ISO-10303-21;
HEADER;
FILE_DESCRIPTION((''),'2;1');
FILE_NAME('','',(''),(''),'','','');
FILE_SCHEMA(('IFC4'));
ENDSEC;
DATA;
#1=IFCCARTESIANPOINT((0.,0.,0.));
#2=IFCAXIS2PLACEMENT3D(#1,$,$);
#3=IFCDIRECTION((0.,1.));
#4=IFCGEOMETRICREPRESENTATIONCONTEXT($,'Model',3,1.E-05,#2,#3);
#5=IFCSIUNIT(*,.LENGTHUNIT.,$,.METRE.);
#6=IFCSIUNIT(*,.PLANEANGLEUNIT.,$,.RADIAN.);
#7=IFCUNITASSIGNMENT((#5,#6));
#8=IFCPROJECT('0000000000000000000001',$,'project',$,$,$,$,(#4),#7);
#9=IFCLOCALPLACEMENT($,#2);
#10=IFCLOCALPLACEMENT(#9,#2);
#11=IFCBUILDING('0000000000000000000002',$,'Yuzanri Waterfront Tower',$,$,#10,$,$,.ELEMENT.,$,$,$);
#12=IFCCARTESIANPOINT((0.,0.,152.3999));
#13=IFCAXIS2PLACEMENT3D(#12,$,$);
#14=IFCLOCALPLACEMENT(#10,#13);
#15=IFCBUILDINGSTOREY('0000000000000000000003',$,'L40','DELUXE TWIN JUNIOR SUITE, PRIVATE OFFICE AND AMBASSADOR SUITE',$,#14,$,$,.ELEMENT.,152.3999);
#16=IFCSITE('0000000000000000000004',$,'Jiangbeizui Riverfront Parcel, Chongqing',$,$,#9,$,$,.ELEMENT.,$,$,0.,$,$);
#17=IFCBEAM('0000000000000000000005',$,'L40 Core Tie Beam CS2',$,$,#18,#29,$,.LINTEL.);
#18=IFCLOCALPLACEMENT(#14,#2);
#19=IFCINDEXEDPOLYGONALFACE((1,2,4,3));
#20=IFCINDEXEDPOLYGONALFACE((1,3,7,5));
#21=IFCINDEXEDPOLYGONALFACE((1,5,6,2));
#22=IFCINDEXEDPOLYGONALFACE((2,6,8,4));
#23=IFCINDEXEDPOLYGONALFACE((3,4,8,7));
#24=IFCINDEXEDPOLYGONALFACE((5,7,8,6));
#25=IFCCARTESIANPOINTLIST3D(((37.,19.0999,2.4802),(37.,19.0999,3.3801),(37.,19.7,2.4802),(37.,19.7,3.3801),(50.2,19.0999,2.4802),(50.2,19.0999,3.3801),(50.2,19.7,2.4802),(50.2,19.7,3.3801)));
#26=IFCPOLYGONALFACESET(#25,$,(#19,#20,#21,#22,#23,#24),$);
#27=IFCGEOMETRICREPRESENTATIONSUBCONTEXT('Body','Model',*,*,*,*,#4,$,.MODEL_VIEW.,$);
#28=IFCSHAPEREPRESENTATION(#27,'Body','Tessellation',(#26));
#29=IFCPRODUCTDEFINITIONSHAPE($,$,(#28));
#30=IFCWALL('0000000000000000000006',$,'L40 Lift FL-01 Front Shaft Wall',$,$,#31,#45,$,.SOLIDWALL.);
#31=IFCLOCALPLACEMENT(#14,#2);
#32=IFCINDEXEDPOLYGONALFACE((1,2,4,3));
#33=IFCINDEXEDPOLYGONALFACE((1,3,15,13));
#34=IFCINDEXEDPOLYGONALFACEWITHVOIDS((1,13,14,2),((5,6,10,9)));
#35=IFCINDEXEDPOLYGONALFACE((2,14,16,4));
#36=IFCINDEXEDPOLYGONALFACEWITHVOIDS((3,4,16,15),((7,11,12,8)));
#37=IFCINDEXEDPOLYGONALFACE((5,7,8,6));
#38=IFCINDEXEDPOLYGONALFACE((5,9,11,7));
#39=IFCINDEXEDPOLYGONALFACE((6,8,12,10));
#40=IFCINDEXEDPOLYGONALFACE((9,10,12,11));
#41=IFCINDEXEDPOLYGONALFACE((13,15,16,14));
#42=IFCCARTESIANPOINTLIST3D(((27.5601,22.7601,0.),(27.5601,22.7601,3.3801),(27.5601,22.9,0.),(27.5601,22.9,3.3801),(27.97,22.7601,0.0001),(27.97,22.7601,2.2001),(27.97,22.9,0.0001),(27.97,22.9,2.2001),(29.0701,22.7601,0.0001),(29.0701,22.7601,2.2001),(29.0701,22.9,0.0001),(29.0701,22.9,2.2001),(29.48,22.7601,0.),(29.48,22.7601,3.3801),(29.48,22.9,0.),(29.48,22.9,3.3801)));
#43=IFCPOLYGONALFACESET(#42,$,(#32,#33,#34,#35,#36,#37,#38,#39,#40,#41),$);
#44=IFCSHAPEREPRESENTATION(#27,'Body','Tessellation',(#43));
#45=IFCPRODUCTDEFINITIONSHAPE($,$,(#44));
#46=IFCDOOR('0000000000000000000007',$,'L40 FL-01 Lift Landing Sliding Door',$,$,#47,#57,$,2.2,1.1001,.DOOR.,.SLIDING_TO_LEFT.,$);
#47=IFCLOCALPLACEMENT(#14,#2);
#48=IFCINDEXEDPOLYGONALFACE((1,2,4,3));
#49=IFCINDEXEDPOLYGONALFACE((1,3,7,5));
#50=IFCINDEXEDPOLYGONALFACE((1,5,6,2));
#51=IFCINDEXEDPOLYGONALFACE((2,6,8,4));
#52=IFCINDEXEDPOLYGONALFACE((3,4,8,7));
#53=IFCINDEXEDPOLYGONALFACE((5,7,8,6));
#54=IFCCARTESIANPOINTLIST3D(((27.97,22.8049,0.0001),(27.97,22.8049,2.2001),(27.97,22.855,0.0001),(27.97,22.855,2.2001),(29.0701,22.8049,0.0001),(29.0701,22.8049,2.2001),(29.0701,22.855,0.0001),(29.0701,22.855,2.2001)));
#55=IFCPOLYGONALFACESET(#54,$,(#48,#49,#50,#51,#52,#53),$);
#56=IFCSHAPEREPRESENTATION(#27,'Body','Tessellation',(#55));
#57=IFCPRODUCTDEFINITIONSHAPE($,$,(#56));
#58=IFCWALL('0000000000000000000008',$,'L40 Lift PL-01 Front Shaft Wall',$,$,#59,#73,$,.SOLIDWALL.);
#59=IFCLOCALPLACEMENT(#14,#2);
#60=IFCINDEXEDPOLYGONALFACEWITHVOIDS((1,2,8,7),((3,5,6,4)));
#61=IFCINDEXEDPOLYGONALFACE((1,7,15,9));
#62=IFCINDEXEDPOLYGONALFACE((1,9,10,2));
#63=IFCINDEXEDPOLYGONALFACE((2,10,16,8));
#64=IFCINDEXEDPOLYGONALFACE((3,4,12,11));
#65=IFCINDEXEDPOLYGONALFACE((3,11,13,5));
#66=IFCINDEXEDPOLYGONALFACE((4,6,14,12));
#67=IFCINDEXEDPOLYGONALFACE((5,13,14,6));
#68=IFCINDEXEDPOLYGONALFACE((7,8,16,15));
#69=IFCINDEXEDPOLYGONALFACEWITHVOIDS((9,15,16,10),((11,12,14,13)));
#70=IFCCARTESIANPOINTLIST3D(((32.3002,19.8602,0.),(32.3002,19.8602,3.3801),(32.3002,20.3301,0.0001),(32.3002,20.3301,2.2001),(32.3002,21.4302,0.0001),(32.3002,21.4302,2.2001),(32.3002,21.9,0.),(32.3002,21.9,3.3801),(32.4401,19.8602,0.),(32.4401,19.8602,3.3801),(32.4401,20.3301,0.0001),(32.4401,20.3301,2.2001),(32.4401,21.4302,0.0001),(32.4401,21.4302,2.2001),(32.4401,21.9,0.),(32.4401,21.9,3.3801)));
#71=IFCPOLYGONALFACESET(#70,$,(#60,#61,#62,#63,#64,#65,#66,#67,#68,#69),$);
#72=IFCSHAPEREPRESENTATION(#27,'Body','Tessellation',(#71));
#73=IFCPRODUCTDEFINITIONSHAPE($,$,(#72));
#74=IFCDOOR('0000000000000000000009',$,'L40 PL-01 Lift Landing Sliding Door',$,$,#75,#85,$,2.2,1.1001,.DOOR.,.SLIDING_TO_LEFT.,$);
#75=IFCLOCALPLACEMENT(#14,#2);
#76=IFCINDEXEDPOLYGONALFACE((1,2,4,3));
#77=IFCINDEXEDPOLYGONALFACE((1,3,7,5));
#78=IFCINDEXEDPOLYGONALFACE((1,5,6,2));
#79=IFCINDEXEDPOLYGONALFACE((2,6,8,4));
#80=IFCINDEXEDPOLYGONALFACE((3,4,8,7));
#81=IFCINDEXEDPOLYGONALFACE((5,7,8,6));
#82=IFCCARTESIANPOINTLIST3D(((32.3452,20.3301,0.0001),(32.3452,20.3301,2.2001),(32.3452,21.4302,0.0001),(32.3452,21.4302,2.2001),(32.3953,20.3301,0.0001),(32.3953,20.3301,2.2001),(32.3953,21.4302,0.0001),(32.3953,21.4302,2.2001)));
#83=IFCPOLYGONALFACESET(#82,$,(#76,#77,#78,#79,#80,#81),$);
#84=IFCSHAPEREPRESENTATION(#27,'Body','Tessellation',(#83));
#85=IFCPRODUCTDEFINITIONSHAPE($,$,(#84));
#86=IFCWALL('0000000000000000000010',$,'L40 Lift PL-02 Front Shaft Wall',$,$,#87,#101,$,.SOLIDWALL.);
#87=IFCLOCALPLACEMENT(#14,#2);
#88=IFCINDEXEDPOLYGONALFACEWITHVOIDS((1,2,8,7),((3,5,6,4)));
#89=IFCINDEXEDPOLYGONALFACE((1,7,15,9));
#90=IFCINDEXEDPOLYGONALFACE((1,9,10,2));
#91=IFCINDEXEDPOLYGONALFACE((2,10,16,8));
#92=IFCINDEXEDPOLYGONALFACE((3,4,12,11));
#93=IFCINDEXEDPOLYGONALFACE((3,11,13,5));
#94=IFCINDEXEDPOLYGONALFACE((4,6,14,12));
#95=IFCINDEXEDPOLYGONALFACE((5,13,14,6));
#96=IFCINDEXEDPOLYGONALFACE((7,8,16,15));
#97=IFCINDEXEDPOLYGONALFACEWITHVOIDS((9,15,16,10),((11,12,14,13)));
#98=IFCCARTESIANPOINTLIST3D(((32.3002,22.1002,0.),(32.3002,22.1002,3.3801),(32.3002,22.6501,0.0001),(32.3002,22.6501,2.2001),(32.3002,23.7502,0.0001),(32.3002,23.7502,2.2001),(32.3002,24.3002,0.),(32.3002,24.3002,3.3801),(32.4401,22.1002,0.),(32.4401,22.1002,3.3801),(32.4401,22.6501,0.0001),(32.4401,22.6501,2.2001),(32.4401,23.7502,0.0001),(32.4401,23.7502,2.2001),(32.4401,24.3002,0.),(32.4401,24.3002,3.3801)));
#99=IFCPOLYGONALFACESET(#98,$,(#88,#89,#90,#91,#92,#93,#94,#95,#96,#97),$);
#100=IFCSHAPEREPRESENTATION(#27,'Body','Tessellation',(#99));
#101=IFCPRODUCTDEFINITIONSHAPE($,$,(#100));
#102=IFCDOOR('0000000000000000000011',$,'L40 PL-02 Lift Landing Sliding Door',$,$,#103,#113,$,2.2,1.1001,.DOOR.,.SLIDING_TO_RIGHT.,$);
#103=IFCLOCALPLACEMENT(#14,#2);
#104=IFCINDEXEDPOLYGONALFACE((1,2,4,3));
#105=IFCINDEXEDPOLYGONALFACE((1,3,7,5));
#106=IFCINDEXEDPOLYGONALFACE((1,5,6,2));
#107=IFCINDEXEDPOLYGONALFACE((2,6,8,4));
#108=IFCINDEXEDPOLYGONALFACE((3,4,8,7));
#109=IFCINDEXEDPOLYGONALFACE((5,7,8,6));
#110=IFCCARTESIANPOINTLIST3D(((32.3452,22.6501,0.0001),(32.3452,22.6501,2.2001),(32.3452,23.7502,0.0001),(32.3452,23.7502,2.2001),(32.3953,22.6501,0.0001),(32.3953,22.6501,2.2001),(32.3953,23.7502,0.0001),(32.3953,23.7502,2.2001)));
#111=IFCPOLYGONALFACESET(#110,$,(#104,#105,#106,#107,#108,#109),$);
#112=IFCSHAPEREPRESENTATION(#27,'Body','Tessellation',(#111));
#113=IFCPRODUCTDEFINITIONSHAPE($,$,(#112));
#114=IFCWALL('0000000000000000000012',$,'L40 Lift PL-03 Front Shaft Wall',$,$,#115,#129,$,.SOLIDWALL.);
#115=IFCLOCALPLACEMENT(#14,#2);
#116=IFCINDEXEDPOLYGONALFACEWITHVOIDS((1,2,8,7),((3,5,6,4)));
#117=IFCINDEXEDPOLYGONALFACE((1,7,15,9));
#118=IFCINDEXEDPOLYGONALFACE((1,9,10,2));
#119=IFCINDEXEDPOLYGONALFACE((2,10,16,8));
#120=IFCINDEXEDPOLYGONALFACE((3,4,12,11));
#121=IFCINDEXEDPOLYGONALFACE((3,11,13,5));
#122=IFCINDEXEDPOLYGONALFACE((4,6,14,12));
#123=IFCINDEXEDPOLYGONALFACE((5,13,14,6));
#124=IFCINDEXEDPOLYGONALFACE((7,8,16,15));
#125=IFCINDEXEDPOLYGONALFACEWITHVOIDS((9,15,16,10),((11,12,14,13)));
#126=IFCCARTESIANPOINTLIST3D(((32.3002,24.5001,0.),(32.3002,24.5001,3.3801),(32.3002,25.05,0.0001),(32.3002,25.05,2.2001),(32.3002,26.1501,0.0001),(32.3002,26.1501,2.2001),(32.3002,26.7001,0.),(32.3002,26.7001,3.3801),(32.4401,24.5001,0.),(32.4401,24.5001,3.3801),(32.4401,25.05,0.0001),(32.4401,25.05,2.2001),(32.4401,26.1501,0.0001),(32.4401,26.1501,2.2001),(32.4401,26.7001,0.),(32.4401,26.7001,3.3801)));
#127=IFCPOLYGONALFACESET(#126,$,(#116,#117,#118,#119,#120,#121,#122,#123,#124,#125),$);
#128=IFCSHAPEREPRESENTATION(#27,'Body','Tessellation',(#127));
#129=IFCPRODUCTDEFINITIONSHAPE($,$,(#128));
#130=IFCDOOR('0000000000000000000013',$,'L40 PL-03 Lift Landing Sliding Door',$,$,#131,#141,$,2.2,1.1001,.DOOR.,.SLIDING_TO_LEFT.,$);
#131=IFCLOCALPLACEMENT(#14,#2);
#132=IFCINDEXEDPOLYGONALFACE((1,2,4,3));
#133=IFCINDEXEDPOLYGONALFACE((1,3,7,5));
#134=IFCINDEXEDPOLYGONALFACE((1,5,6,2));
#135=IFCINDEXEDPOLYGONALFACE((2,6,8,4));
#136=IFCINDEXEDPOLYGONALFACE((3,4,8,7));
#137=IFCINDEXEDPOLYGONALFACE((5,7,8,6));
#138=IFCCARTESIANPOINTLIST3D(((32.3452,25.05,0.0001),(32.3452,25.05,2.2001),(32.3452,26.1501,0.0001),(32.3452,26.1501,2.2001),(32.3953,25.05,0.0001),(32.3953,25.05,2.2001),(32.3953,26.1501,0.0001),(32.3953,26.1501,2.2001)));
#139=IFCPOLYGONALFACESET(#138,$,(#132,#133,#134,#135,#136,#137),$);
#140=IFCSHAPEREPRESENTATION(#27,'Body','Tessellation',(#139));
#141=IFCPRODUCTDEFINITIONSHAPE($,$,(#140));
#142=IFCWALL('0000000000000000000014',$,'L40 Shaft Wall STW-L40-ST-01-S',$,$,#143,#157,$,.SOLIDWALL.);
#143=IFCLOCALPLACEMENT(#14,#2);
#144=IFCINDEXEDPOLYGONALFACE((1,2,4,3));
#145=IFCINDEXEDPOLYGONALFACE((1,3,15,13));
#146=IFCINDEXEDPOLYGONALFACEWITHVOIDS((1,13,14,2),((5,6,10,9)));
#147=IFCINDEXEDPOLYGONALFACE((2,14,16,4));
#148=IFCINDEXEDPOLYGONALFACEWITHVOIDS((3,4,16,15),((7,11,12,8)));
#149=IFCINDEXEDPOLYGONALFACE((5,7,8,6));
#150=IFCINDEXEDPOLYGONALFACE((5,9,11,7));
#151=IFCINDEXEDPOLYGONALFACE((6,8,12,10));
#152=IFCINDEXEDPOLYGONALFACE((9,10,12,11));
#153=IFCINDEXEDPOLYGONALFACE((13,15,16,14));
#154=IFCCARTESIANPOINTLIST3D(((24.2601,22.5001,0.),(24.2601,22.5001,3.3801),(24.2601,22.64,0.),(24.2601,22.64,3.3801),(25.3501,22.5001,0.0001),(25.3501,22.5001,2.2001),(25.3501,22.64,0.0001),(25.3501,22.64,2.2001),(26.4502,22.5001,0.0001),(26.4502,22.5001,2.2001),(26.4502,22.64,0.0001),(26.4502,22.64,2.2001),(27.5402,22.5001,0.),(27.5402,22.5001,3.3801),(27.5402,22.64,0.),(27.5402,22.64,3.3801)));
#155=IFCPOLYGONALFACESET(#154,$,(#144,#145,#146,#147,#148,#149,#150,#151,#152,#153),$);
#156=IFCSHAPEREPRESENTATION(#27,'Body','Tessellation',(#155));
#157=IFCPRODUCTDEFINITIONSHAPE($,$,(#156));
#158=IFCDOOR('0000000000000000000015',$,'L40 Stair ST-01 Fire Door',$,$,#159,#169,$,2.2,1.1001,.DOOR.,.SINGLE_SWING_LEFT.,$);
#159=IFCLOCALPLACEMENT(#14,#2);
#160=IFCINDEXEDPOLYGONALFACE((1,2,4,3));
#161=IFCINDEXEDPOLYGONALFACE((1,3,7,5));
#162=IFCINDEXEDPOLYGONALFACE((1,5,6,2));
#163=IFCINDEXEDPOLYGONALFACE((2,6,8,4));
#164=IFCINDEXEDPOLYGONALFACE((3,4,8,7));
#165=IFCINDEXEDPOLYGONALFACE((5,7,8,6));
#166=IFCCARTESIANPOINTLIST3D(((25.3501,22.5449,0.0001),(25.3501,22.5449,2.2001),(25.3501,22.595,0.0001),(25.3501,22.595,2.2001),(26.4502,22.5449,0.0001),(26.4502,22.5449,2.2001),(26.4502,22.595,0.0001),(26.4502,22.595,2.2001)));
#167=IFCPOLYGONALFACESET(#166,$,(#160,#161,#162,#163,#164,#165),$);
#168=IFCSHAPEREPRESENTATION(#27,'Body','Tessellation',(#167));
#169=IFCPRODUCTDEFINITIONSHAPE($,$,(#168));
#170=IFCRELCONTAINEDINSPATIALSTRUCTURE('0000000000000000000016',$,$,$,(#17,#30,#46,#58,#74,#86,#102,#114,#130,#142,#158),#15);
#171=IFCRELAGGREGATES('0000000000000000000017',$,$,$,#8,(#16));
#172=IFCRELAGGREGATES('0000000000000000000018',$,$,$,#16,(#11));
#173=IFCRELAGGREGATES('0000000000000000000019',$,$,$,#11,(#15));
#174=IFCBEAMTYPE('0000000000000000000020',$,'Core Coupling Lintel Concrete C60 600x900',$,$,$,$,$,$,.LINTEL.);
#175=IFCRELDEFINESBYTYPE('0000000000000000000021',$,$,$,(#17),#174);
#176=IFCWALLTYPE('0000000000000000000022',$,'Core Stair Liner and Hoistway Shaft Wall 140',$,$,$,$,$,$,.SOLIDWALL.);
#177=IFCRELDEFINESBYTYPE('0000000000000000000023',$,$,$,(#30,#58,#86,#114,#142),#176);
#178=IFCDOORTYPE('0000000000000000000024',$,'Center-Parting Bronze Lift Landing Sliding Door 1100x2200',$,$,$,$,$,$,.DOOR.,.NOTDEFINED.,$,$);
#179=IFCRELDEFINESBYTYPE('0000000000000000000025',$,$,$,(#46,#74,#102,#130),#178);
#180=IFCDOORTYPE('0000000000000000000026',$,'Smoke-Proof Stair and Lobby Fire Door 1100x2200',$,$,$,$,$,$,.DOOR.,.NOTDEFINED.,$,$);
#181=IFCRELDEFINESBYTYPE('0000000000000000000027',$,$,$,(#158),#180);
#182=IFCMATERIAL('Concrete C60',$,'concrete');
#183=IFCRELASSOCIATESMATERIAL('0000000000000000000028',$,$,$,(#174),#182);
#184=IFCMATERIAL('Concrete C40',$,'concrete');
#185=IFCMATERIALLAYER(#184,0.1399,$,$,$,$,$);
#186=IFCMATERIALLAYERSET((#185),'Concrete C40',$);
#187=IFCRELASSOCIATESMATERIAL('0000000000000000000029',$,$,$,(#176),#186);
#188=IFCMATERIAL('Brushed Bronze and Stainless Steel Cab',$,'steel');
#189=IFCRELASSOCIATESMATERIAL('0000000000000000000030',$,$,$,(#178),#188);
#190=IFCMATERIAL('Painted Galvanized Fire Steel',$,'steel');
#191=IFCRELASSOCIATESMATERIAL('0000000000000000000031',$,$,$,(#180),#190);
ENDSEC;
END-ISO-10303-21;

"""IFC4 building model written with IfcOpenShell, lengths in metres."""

from ifc_helpers import new_model, si_unit, direction, frame, frame_2d, origin, origin_2d, place, context, subcontext, project, spatial, rectangle, extrude, source, transform, mapped, material, layer, layer_set, material_profile, profile_set, type_object, element, fill, save


model = new_model("IFC4")

# Units and contexts
model_context = context("Model", 3, precision=1e-05, world=origin(), true_north=direction((0.0, 1.0)))
body_context = subcontext(model_context, "Body", "Model", "MODEL_VIEW")
ifc_project = project(units=[si_unit("LENGTHUNIT", "METRE"), si_unit("PLANEANGLEUNIT", "RADIAN")], contexts=[model_context])

# Site, building, storey
site_placement = place(None, origin())
site = spatial("IfcSite", under=ifc_project, at=site_placement, Name="Jiangbeizui Riverfront Parcel, Chongqing", CompositionType="ELEMENT", RefElevation=0.0)
building_placement = place(site_placement, origin())
building = spatial("IfcBuilding", under=site, at=building_placement, Name="Yuzanri Waterfront Tower", CompositionType="ELEMENT")
storey_placement = place(building_placement, frame((0.0, 0.0, 152.3999)))
storey = spatial("IfcBuildingStorey", under=building, at=storey_placement, Name="L40", Description="DELUXE TWIN JUNIOR SUITE, PRIVATE OFFICE AND AMBASSADOR SUITE", CompositionType="ELEMENT", Elevation=152.3999)

# Beam
ifc_material_1 = material(Name="Concrete C60", Category="concrete")
ifc_material_profile = material_profile(ifc_material_1, rectangle(XDim=0.6001, YDim=0.8999, at=origin_2d()), Name="RC 600x900")
ifc_profile_set = profile_set([ifc_material_profile], Name="Concrete C60")
beam_type = type_object("IfcBeamType", Name="Core Coupling Lintel Concrete C60 600x900", PredefinedType="LINTEL", material=ifc_profile_set)
shared_shape_1 = source(origin(), body_context, "Body", "SweptSolid", [
    extrude(rectangle(XDim=0.6001, YDim=0.8999, at=origin_2d()), origin(), (0.0, 0.0, 1.0), 13.2),
])
beam_placement = place(storey_placement, frame((37.0, 19.3999, 2.9302), z_axis=(1.0, 0.0, 0.0), x_axis=(0.0, 1.0, 0.0)))
element("IfcBeam", 1, at=beam_placement, inside=storey, type_object=beam_type, Name="L40 Core Tie Beam CS2", PredefinedType="LINTEL", context=body_context, shape_type="MappedRepresentation", body=[
    mapped(shared_shape_1, transform((0.0, 0.0, 0.0), scale=1.0)),
])

# Walls, openings, doors
ifc_material_2 = material(Name="Concrete C40", Category="concrete")
ifc_layer_1 = layer(ifc_material_2, 0.1399)
ifc_layer_set_1 = layer_set([ifc_layer_1], Name="Concrete C40")
wall_type_1 = type_object("IfcWallType", Name="Core Stair Liner and Hoistway Shaft Wall 140", PredefinedType="SOLIDWALL", material=ifc_layer_set_1)
wall_1_placement = place(storey_placement, frame((27.5601, 22.8301, 0.0), z_axis=(0.0, 0.0, 1.0), x_axis=(1.0, 0.0, 0.0)))
wall_1 = element("IfcWall", 2, at=wall_1_placement, inside=storey, type_object=wall_type_1, Name="L40 Lift FL-01 Front Shaft Wall", PredefinedType="SOLIDWALL", context=body_context, shape_type="SweptSolid", body=[
    extrude(rectangle(XDim=1.9199, YDim=0.1399, at=frame_2d((0.96, 0.0))), origin(), (0.0, 0.0, 1.0), 3.3801),
])
opening_1_placement = place(wall_1_placement, frame((0.4099, 0.0, 0.0)))
opening_1 = element("IfcOpeningElement", 3, at=opening_1_placement, cuts=wall_1, PredefinedType="OPENING", context=body_context, shape_type="SweptSolid", body=[
    extrude(rectangle(XDim=1.1001, YDim=2.2, at=frame_2d((0.55, 1.1001))), frame((0.0, 0.085, 0.0), z_axis=(0.0, -1.0, 0.0), x_axis=(1.0, 0.0, 0.0)), (0.0, 0.0, 1.0), 0.1697),
])
ifc_material_3 = material(Name="Brushed Bronze and Stainless Steel Cab", Category="steel")
door_type_1 = type_object("IfcDoorType", Name="Center-Parting Bronze Lift Landing Sliding Door 1100x2200", OperationType="NOTDEFINED", PredefinedType="DOOR", material=ifc_material_3)
shared_shape_2 = source(origin(), body_context, "Body", "SweptSolid", [
    extrude(rectangle(XDim=1.1001, YDim=2.2, at=frame_2d((0.55, 1.1001))), frame((0.0, 0.0249, 0.0), z_axis=(0.0, -1.0, 0.0), x_axis=(1.0, 0.0, 0.0)), (0.0, 0.0, 1.0), 0.05),
])
door_1_placement = place(opening_1_placement, origin())
door_1 = element("IfcDoor", 4, at=door_1_placement, inside=storey, type_object=door_type_1, Name="L40 FL-01 Lift Landing Sliding Door", OperationType="SLIDING_TO_LEFT", OverallHeight=2.2, OverallWidth=1.1001, PredefinedType="DOOR", context=body_context, shape_type="MappedRepresentation", body=[
    mapped(shared_shape_2, transform((0.0, 0.0, 0.0), scale=1.0)),
])
fill(opening_1, door_1)
wall_2_placement = place(storey_placement, frame((32.3701, 19.8601, 0.0), z_axis=(0.0, 0.0, 1.0), x_axis=(0.0, 1.0, 0.0)))
wall_2 = element("IfcWall", 5, at=wall_2_placement, inside=storey, type_object=wall_type_1, Name="L40 Lift PL-01 Front Shaft Wall", PredefinedType="SOLIDWALL", context=body_context, shape_type="SweptSolid", body=[
    extrude(rectangle(XDim=2.0398, YDim=0.1399, at=frame_2d((1.02, 0.0))), origin(), (0.0, 0.0, 1.0), 3.3801),
])
opening_2_placement = place(wall_2_placement, frame((0.47, 0.0, 0.0)))
opening_2 = element("IfcOpeningElement", 6, at=opening_2_placement, cuts=wall_2, PredefinedType="OPENING", context=body_context, shape_type="SweptSolid", body=[
    extrude(rectangle(XDim=1.1001, YDim=2.2, at=frame_2d((0.55, 1.1001))), frame((0.0, 0.085, 0.0), z_axis=(0.0, -1.0, 0.0), x_axis=(1.0, 0.0, 0.0)), (0.0, 0.0, 1.0), 0.1697),
])
door_2_placement = place(opening_2_placement, origin())
door_2 = element("IfcDoor", 7, at=door_2_placement, inside=storey, type_object=door_type_1, Name="L40 PL-01 Lift Landing Sliding Door", OperationType="SLIDING_TO_LEFT", OverallHeight=2.2, OverallWidth=1.1001, PredefinedType="DOOR", context=body_context, shape_type="MappedRepresentation", body=[
    mapped(shared_shape_2, transform((0.0, 0.0, 0.0), scale=1.0)),
])
fill(opening_2, door_2)
wall_3_placement = place(storey_placement, frame((32.3701, 22.1001, 0.0), z_axis=(0.0, 0.0, 1.0), x_axis=(0.0, 1.0, 0.0)))
wall_3 = element("IfcWall", 8, at=wall_3_placement, inside=storey, type_object=wall_type_1, Name="L40 Lift PL-02 Front Shaft Wall", PredefinedType="SOLIDWALL", context=body_context, shape_type="SweptSolid", body=[
    extrude(rectangle(XDim=2.2, YDim=0.1399, at=frame_2d((1.1001, 0.0))), origin(), (0.0, 0.0, 1.0), 3.3801),
])
opening_3_placement = place(wall_3_placement, frame((0.55, 0.0, 0.0)))
opening_3 = element("IfcOpeningElement", 9, at=opening_3_placement, cuts=wall_3, PredefinedType="OPENING", context=body_context, shape_type="SweptSolid", body=[
    extrude(rectangle(XDim=1.1001, YDim=2.2, at=frame_2d((0.55, 1.1001))), frame((0.0, 0.085, 0.0), z_axis=(0.0, -1.0, 0.0), x_axis=(1.0, 0.0, 0.0)), (0.0, 0.0, 1.0), 0.1697),
])
door_3_placement = place(opening_3_placement, origin())
door_3 = element("IfcDoor", 10, at=door_3_placement, inside=storey, type_object=door_type_1, Name="L40 PL-02 Lift Landing Sliding Door", OperationType="SLIDING_TO_RIGHT", OverallHeight=2.2, OverallWidth=1.1001, PredefinedType="DOOR", context=body_context, shape_type="MappedRepresentation", body=[
    mapped(shared_shape_2, transform((0.0, 0.0, 0.0), scale=1.0)),
])
fill(opening_3, door_3)
wall_4_placement = place(storey_placement, frame((32.3701, 24.5, 0.0), z_axis=(0.0, 0.0, 1.0), x_axis=(0.0, 1.0, 0.0)))
wall_4 = element("IfcWall", 11, at=wall_4_placement, inside=storey, type_object=wall_type_1, Name="L40 Lift PL-03 Front Shaft Wall", PredefinedType="SOLIDWALL", context=body_context, shape_type="SweptSolid", body=[
    extrude(rectangle(XDim=2.2, YDim=0.1399, at=frame_2d((1.1001, 0.0))), origin(), (0.0, 0.0, 1.0), 3.3801),
])
opening_4_placement = place(wall_4_placement, frame((0.55, 0.0, 0.0)))
opening_4 = element("IfcOpeningElement", 12, at=opening_4_placement, cuts=wall_4, PredefinedType="OPENING", context=body_context, shape_type="SweptSolid", body=[
    extrude(rectangle(XDim=1.1001, YDim=2.2, at=frame_2d((0.55, 1.1001))), frame((0.0, 0.085, 0.0), z_axis=(0.0, -1.0, 0.0), x_axis=(1.0, 0.0, 0.0)), (0.0, 0.0, 1.0), 0.1697),
])
door_4_placement = place(opening_4_placement, origin())
door_4 = element("IfcDoor", 13, at=door_4_placement, inside=storey, type_object=door_type_1, Name="L40 PL-03 Lift Landing Sliding Door", OperationType="SLIDING_TO_LEFT", OverallHeight=2.2, OverallWidth=1.1001, PredefinedType="DOOR", context=body_context, shape_type="MappedRepresentation", body=[
    mapped(shared_shape_2, transform((0.0, 0.0, 0.0), scale=1.0)),
])
fill(opening_4, door_4)
wall_5_placement = place(storey_placement, frame((24.26, 22.5701, 0.0), z_axis=(0.0, 0.0, 1.0), x_axis=(1.0, 0.0, 0.0)))
wall_5 = element("IfcWall", 14, at=wall_5_placement, inside=storey, type_object=wall_type_1, Name="L40 Shaft Wall STW-L40-ST-01-S", PredefinedType="SOLIDWALL", context=body_context, shape_type="SweptSolid", body=[
    extrude(rectangle(XDim=3.28, YDim=0.1399, at=frame_2d((1.6401, 0.0))), origin(), (0.0, 0.0, 1.0), 3.3801),
])
opening_5_placement = place(wall_5_placement, frame((1.0901, 0.0, 0.0)))
opening_5 = element("IfcOpeningElement", 15, at=opening_5_placement, cuts=wall_5, PredefinedType="OPENING", context=body_context, shape_type="SweptSolid", body=[
    extrude(rectangle(XDim=1.1001, YDim=2.2, at=frame_2d((0.55, 1.1001))), frame((0.0, 0.085, 0.0), z_axis=(0.0, -1.0, 0.0), x_axis=(1.0, 0.0, 0.0)), (0.0, 0.0, 1.0), 0.1697),
])
ifc_material_4 = material(Name="Painted Galvanized Fire Steel", Category="steel")
door_type_2 = type_object("IfcDoorType", Name="Smoke-Proof Stair and Lobby Fire Door 1100x2200", OperationType="NOTDEFINED", PredefinedType="DOOR", material=ifc_material_4)
shared_shape_3 = source(origin(), body_context, "Body", "SweptSolid", [
    extrude(rectangle(XDim=1.1001, YDim=2.2, at=frame_2d((0.55, 1.1001))), frame((0.0, 0.0249, 0.0), z_axis=(0.0, -1.0, 0.0), x_axis=(1.0, 0.0, 0.0)), (0.0, 0.0, 1.0), 0.05),
])
door_5_placement = place(opening_5_placement, origin())
door_5 = element("IfcDoor", 16, at=door_5_placement, inside=storey, type_object=door_type_2, Name="L40 Stair ST-01 Fire Door", OperationType="SINGLE_SWING_LEFT", OverallHeight=2.2, OverallWidth=1.1001, PredefinedType="DOOR", context=body_context, shape_type="MappedRepresentation", body=[
    mapped(shared_shape_3, transform((0.0, 0.0, 0.0), scale=1.0)),
])
fill(opening_5, door_5)

save(model, "model.ifc")
